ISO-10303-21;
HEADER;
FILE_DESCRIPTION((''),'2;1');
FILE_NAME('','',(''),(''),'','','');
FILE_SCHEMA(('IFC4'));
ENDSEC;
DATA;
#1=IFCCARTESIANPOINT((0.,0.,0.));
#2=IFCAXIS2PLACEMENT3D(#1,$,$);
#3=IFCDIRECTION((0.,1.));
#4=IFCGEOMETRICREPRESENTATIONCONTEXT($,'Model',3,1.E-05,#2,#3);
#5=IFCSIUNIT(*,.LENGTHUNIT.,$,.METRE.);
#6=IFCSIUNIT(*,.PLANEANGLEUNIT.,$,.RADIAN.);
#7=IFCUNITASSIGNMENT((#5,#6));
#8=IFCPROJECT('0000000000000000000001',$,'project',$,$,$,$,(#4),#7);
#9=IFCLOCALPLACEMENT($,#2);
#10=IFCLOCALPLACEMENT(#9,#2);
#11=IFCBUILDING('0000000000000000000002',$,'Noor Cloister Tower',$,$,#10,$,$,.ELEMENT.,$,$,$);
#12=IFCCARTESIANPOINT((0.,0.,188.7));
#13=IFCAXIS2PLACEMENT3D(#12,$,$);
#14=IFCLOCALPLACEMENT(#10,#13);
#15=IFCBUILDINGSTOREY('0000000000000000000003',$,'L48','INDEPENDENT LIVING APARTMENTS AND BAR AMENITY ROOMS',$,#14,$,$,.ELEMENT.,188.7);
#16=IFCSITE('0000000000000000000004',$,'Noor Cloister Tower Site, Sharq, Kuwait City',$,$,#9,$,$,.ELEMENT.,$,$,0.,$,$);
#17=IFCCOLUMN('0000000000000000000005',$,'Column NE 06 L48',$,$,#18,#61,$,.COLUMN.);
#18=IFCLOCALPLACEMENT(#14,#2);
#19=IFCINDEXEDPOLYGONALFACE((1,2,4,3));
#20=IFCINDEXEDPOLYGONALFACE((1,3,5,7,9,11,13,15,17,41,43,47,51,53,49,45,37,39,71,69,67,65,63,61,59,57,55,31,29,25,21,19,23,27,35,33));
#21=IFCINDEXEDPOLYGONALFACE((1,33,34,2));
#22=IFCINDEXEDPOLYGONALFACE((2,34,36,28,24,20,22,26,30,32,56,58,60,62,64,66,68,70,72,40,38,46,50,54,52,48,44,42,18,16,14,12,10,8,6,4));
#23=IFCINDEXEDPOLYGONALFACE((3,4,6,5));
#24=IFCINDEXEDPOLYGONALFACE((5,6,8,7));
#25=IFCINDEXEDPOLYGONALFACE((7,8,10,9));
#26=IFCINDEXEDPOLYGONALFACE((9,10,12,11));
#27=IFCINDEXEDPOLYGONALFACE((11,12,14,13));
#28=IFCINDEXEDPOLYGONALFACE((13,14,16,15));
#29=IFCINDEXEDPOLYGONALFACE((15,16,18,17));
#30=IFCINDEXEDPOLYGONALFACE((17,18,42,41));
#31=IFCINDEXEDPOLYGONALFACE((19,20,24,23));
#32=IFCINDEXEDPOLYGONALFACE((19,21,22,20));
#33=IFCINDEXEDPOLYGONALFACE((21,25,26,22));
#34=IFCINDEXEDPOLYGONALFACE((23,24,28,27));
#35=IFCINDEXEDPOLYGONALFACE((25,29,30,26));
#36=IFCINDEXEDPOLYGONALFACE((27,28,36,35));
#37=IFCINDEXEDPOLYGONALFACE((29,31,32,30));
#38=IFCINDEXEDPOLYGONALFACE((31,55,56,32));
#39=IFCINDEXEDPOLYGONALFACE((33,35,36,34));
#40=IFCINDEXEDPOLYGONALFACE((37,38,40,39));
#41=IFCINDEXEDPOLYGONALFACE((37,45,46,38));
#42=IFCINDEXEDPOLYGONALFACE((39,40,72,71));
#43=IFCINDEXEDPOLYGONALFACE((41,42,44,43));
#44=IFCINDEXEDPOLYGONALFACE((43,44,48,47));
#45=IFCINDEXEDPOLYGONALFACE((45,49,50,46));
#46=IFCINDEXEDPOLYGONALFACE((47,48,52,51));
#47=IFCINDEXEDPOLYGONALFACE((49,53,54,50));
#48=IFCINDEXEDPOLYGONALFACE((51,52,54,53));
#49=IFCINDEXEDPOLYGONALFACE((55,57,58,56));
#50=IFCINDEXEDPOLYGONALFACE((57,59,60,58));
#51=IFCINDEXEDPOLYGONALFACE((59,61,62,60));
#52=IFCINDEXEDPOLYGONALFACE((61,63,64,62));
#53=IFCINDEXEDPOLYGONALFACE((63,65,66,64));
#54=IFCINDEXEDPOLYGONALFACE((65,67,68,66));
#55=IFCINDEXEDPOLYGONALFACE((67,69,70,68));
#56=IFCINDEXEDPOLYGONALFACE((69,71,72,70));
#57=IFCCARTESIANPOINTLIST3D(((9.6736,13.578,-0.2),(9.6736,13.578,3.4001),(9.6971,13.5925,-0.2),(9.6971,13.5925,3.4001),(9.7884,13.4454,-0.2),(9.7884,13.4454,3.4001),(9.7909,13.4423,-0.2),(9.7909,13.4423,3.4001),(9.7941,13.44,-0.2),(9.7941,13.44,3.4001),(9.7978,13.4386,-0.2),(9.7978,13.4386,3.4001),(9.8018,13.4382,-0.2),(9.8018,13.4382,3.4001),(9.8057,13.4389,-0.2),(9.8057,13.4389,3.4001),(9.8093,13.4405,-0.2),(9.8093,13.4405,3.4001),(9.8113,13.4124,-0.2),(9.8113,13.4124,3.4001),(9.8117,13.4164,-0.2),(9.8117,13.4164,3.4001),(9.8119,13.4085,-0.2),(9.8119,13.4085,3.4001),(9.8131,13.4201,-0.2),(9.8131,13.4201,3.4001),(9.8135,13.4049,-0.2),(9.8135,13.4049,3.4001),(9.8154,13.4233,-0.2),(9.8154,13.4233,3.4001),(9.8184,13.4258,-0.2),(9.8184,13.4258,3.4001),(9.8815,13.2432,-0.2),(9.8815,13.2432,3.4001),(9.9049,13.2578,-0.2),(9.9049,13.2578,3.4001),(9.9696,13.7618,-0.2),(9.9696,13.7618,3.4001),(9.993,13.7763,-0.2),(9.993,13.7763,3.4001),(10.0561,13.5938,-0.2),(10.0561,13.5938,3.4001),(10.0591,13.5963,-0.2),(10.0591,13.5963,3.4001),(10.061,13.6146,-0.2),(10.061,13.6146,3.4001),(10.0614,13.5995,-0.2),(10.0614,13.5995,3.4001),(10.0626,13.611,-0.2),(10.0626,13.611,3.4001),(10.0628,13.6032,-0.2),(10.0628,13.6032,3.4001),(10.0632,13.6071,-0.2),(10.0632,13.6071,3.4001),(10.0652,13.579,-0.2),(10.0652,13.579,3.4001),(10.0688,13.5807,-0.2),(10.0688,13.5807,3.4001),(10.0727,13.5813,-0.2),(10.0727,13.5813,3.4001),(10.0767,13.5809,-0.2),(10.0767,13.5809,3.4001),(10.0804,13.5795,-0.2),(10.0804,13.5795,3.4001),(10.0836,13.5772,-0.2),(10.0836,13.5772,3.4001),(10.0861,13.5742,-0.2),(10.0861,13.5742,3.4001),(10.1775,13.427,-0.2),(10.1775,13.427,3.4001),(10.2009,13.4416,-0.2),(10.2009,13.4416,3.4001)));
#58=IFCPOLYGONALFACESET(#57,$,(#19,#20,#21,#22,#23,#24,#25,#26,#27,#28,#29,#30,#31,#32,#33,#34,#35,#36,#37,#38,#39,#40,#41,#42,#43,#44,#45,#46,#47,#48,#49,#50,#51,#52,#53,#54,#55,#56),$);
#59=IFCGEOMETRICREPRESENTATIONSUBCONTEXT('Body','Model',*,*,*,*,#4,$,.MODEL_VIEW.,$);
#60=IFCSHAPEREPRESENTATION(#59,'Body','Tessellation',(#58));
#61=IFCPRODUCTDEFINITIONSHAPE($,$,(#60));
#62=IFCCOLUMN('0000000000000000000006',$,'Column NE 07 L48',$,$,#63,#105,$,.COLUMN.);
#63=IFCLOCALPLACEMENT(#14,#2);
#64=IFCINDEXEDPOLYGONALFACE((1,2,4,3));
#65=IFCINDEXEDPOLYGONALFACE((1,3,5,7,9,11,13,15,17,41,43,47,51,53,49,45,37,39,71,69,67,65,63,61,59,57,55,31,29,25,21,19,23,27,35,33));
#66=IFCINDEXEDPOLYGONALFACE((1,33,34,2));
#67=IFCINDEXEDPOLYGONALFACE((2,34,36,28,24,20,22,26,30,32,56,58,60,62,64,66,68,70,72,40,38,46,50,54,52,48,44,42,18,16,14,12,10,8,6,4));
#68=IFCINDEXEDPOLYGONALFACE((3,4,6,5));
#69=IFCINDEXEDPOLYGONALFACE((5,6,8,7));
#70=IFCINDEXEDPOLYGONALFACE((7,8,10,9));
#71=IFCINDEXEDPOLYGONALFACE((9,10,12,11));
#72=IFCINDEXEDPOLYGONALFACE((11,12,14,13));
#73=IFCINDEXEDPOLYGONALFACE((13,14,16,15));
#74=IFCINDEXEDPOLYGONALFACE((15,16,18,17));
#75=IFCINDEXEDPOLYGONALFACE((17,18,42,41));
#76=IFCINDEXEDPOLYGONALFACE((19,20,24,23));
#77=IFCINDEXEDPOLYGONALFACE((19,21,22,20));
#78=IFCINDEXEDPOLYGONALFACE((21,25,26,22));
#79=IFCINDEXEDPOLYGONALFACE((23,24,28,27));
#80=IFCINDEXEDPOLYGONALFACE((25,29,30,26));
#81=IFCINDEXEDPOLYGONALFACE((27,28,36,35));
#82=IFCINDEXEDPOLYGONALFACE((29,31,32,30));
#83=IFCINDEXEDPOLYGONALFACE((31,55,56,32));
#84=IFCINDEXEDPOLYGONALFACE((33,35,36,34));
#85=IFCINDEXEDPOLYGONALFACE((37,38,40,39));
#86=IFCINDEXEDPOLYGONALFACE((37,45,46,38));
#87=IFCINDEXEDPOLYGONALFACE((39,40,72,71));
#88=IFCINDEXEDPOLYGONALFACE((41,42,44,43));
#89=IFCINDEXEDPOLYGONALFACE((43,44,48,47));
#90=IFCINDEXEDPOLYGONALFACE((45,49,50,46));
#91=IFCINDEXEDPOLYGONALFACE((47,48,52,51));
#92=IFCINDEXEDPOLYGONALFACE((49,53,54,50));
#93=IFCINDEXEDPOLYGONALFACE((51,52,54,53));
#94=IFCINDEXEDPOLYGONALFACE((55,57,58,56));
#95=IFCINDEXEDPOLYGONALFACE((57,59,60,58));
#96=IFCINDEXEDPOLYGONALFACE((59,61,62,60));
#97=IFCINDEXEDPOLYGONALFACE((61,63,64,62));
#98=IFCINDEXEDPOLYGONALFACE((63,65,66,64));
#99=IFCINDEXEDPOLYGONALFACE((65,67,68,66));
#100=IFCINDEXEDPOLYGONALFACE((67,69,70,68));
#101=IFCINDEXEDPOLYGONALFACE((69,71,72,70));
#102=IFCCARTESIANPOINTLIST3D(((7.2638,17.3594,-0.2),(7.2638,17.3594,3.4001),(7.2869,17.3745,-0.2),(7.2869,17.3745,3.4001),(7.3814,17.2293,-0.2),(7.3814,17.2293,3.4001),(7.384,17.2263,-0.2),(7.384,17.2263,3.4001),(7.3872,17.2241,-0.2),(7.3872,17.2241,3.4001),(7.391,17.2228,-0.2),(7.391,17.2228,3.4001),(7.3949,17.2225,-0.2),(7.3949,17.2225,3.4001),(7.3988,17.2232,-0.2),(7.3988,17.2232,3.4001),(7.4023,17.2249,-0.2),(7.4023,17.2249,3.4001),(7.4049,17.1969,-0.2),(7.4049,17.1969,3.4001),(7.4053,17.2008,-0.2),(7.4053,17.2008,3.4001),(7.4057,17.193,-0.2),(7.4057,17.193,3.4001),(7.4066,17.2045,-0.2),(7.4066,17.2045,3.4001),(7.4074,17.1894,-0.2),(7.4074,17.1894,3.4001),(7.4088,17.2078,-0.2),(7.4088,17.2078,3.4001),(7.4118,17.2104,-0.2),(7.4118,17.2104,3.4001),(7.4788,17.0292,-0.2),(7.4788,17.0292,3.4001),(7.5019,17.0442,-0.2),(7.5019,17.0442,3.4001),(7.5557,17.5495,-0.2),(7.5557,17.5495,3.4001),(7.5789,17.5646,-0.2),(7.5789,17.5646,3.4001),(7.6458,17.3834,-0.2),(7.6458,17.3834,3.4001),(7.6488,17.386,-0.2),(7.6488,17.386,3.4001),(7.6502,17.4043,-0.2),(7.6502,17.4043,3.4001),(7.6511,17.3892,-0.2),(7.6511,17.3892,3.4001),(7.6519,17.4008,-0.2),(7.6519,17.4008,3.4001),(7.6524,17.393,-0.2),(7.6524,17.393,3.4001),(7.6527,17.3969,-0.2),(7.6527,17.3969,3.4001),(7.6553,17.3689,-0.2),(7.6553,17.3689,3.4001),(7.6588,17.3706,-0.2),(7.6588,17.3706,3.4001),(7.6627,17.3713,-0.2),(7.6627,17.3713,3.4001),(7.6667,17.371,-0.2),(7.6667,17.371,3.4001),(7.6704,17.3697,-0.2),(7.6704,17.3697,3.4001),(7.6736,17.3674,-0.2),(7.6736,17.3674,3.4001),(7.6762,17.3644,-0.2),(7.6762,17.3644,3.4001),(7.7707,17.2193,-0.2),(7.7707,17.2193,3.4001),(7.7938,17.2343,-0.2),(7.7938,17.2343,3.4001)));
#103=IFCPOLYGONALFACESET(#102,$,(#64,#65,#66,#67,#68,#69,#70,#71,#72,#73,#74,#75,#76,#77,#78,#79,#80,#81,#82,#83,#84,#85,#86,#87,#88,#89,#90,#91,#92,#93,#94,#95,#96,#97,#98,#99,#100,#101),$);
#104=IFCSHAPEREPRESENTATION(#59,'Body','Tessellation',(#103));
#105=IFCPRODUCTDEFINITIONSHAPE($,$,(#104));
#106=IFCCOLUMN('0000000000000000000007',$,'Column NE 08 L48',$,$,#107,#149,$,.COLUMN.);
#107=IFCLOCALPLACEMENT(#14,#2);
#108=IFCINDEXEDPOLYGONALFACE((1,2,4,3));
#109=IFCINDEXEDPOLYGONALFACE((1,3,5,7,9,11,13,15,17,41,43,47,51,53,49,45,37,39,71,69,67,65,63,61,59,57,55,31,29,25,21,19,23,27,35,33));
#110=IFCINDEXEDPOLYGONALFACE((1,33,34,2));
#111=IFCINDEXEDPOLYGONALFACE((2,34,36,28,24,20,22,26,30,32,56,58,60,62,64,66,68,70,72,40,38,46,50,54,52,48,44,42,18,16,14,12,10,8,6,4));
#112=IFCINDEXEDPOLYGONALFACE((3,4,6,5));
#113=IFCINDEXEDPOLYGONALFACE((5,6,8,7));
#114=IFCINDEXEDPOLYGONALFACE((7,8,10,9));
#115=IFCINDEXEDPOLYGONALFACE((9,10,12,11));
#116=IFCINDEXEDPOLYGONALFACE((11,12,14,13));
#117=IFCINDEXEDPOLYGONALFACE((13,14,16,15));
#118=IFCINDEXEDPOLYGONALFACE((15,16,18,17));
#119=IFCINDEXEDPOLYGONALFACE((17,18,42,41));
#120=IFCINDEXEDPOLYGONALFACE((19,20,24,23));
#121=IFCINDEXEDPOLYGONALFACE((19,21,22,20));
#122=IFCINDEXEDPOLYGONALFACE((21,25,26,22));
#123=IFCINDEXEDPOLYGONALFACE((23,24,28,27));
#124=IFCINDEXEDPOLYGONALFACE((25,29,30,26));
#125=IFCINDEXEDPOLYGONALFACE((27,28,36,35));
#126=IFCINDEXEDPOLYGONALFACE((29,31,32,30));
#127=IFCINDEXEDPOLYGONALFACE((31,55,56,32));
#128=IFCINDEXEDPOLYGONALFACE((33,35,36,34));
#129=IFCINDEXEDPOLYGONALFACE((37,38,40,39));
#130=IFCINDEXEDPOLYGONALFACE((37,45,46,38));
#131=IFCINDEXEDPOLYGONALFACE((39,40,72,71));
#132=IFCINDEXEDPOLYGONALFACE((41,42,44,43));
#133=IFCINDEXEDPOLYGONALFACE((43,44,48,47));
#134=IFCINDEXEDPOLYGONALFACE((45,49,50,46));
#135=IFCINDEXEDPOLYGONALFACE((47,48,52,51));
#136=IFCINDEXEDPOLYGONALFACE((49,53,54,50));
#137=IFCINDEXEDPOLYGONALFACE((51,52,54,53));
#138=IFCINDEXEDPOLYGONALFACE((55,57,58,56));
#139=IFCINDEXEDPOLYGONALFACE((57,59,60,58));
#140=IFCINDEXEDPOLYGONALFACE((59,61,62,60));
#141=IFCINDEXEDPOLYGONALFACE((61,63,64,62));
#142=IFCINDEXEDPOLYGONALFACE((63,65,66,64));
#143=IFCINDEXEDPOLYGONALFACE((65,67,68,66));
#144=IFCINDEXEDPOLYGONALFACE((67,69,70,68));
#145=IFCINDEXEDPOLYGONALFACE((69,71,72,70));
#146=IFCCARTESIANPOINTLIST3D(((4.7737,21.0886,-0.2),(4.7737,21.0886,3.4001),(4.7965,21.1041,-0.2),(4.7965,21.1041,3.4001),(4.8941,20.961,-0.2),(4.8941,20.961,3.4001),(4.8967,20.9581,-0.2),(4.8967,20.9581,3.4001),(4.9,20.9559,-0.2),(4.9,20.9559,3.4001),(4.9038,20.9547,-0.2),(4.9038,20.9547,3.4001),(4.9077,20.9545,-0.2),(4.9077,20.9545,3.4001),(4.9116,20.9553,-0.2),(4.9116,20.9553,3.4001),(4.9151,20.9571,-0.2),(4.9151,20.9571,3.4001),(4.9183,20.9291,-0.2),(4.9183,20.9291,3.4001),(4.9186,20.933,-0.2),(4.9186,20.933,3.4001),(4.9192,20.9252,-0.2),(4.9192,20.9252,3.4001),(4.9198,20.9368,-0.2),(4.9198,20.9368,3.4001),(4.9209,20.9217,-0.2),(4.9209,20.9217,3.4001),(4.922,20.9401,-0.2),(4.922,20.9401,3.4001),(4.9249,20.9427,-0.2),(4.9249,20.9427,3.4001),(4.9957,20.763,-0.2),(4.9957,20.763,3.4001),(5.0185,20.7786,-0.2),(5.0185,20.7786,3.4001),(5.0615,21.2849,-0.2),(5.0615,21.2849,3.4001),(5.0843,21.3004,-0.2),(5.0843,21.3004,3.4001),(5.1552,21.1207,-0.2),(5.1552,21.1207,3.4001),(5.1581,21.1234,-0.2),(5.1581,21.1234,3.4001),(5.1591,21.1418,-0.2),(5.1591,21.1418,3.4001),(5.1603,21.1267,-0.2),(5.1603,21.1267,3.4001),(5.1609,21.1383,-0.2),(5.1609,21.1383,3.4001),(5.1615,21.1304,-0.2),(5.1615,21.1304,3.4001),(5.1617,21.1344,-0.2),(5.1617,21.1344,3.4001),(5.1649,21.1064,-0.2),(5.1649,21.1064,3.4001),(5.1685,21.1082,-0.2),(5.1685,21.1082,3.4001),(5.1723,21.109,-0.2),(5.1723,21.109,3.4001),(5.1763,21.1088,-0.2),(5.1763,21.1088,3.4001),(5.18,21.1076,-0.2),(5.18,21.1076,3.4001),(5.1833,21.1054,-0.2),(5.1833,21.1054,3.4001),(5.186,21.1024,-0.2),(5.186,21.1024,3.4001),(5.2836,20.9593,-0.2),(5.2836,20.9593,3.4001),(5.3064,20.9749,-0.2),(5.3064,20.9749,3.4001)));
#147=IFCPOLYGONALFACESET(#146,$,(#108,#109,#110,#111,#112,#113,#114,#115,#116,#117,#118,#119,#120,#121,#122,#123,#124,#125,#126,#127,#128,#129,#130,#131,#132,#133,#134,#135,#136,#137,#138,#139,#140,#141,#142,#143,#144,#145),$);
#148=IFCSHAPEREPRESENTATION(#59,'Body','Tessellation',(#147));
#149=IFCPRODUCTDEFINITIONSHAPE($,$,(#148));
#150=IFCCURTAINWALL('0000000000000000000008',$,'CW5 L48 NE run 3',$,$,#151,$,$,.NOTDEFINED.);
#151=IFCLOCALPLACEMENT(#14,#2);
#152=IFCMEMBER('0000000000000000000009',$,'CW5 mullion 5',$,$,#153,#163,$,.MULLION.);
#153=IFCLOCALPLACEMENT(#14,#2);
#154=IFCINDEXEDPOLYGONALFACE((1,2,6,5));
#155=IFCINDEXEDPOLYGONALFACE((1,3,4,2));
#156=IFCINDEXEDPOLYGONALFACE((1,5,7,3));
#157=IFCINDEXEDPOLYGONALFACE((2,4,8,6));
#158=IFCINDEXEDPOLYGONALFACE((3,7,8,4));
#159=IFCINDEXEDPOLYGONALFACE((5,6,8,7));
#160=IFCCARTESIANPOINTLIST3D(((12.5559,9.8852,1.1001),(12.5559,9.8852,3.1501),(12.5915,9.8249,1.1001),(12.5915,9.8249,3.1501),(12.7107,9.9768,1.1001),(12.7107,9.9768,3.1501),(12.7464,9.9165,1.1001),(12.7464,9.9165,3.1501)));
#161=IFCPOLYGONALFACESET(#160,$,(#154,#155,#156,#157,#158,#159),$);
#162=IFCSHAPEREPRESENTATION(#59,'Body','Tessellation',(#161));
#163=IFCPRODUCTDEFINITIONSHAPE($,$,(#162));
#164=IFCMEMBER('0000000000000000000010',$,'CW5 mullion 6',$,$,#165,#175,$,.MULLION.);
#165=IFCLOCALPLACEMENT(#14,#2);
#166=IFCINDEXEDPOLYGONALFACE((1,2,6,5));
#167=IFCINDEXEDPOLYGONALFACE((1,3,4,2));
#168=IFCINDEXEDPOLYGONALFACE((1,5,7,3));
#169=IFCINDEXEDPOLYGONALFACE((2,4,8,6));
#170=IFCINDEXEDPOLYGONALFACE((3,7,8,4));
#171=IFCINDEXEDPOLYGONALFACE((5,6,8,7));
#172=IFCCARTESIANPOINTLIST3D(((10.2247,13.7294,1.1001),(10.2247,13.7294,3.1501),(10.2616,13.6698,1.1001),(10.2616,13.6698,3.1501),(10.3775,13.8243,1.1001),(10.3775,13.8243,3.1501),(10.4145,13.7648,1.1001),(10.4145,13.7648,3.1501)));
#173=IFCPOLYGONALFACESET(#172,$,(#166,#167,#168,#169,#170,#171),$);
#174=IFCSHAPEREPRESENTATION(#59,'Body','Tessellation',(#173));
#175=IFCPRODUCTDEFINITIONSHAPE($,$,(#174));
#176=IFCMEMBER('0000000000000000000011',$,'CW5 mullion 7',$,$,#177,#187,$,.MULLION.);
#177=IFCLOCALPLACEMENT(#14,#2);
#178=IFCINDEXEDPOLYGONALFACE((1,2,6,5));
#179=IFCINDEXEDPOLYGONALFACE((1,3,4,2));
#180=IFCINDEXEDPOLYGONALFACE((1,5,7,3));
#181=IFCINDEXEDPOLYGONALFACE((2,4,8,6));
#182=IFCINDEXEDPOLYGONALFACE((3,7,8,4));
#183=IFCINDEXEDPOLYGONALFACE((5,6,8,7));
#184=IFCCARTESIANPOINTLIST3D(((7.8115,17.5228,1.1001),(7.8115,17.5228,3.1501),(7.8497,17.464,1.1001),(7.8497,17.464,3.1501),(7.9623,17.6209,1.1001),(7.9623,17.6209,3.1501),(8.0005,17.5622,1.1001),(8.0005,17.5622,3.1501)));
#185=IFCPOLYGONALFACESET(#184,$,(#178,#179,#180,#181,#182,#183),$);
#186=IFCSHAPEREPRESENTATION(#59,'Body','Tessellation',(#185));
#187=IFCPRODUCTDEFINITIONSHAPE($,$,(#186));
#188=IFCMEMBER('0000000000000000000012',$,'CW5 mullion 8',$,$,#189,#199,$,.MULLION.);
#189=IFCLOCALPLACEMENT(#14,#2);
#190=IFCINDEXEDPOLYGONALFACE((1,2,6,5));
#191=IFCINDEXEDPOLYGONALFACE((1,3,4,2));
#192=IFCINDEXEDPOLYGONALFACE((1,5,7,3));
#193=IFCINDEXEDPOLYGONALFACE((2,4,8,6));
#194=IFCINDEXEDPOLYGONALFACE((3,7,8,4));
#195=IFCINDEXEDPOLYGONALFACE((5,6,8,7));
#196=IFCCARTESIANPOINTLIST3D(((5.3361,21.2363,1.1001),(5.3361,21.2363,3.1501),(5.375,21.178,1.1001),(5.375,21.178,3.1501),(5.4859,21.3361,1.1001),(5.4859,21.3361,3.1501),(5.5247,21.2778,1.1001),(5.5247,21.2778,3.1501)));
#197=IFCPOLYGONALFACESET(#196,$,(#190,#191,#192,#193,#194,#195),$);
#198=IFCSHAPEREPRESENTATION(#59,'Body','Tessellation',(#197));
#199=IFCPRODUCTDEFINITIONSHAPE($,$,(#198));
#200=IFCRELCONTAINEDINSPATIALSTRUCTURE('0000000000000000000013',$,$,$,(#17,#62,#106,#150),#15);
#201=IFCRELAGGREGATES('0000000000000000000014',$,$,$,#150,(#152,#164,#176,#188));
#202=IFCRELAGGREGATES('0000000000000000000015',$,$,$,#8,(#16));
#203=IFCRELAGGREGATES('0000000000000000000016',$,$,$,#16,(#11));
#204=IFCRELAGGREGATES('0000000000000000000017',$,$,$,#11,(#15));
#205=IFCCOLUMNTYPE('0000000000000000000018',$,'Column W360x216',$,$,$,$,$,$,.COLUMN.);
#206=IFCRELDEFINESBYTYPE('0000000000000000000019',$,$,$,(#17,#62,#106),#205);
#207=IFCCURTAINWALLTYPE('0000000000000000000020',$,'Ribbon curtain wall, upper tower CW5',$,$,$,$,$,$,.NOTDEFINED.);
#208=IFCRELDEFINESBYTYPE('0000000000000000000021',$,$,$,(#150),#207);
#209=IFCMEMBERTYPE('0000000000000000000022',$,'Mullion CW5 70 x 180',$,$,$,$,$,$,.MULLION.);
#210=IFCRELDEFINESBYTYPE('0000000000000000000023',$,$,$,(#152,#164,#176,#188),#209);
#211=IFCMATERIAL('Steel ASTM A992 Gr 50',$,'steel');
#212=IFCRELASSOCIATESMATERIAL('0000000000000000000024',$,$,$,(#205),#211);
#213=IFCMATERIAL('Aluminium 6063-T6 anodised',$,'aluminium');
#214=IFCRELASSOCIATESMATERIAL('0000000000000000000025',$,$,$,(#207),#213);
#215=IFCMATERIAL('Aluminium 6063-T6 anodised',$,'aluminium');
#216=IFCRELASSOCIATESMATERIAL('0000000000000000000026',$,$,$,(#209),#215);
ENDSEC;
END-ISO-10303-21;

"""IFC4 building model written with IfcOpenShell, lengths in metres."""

from ifc_helpers import new_model, si_unit, direction, frame, origin, origin_2d, place, context, subcontext, project, spatial, rectangle, i_section, extrude, material, material_profile, profile_set, type_object, element, aggregate, save


model = new_model("IFC4")

# Units and contexts
model_context = context("Model", 3, precision=1e-05, world=origin(), true_north=direction((0.0, 1.0)))
body_context = subcontext(model_context, "Body", "Model", "MODEL_VIEW")
ifc_project = project(units=[si_unit("LENGTHUNIT", "METRE"), si_unit("PLANEANGLEUNIT", "RADIAN")], contexts=[model_context])

# Site, building, storey
site_placement = place(None, origin())
site = spatial("IfcSite", under=ifc_project, at=site_placement, Name="Noor Cloister Tower Site, Sharq, Kuwait City", CompositionType="ELEMENT", RefElevation=0.0)
building_placement = place(site_placement, origin())
building = spatial("IfcBuilding", under=site, at=building_placement, Name="Noor Cloister Tower", CompositionType="ELEMENT")
storey_placement = place(building_placement, frame((0.0, 0.0, 188.7)))
storey = spatial("IfcBuildingStorey", under=building, at=storey_placement, Name="L48", Description="INDEPENDENT LIVING APARTMENTS AND BAR AMENITY ROOMS", CompositionType="ELEMENT", Elevation=188.7)

# Columns
ifc_material_1 = material(Name="Steel ASTM A992 Gr 50", Category="steel")
ifc_material_profile_1 = material_profile(ifc_material_1, i_section(OverallWidth=0.394, OverallDepth=0.376, WebThickness=0.0173, FlangeThickness=0.0276, FilletRadius=0.0151, at=origin_2d()), Name="W360x216")
ifc_profile_set_1 = profile_set([ifc_material_profile_1], Name="Steel ASTM A992 Gr 50")
column_type = type_object("IfcColumnType", Name="Column W360x216", PredefinedType="COLUMN", material=ifc_profile_set_1)
for number, where, z_axis, x_axis, name in (
    (1, (9.9373, 13.5098, -0.2), (0.0, 0.0, 1.0), (-0.527547, 0.849526, 0.0), "Column NE 06 L48"),
    (2, (7.5288, 17.2969, -0.2), (0.0, 0.0, 1.0), (-0.545612, 0.838038, 0.0), "Column NE 07 L48"),
    (3, (5.04, 21.0317, -0.2), (0.0, 0.0, 1.0), (-0.563426, 0.826166, 0.0), "Column NE 08 L48"),
):
    element("IfcColumn", number, at=place(storey_placement, frame(where, z_axis=z_axis, x_axis=x_axis)), inside=storey, type_object=column_type, Name=name, PredefinedType="COLUMN", context=body_context, shape_type="SweptSolid", body=[
        extrude(i_section(OverallWidth=0.394, OverallDepth=0.376, WebThickness=0.0173, FlangeThickness=0.0276, FilletRadius=0.0151, at=origin_2d()), origin(), (0.0, 0.0, 1.0), 3.6001),
    ])

# Curtain wall, members
ifc_material_2 = material(Name="Aluminium 6063-T6 anodised", Category="aluminium")
curtain_wall_type = type_object("IfcCurtainWallType", Name="Ribbon curtain wall, upper tower CW5", PredefinedType="NOTDEFINED", material=ifc_material_2)
curtain_wall_placement = place(storey_placement, origin())
curtain_wall = element("IfcCurtainWall", 4, at=curtain_wall_placement, inside=storey, type_object=curtain_wall_type, Name="CW5 L48 NE run 3", PredefinedType="NOTDEFINED")
ifc_material_3 = material(Name="Aluminium 6063-T6 anodised", Category="aluminium")
ifc_material_profile_2 = material_profile(ifc_material_3, rectangle(XDim=0.1799, YDim=0.0701, at=origin_2d()), Name="180 x 70 mullion")
ifc_profile_set_2 = profile_set([ifc_material_profile_2], Name="Aluminium 6063-T6 anodised")
member_type = type_object("IfcMemberType", Name="Mullion CW5 70 x 180", PredefinedType="MULLION", material=ifc_profile_set_2)
member_1_placement = place(storey_placement, frame((12.6511, 9.9009, 1.1001), z_axis=(0.0, 0.0, 1.0), x_axis=(-0.860624, -0.509241, 0.0)))
member_1 = element("IfcMember", 5, at=member_1_placement, type_object=member_type, Name="CW5 mullion 5", PredefinedType="MULLION", context=body_context, shape_type="SweptSolid", body=[
    extrude(rectangle(XDim=0.1799, YDim=0.0701, at=origin_2d()), origin(), (0.0, 0.0, 1.0), 2.05),
])
member_2_placement = place(storey_placement, frame((10.3196, 13.7471, 1.1001), z_axis=(0.0, 0.0, 1.0), x_axis=(-0.849526, -0.527547, 0.0)))
member_2 = element("IfcMember", 6, at=member_2_placement, type_object=member_type, Name="CW5 mullion 6", PredefinedType="MULLION", context=body_context, shape_type="SweptSolid", body=[
    extrude(rectangle(XDim=0.1799, YDim=0.0701, at=origin_2d()), origin(), (0.0, 0.0, 1.0), 2.05),
])
member_3_placement = place(storey_placement, frame((7.906, 17.5425, 1.1001), z_axis=(0.0, 0.0, 1.0), x_axis=(-0.838038, -0.545612, 0.0)))
member_3 = element("IfcMember", 7, at=member_3_placement, type_object=member_type, Name="CW5 mullion 7", PredefinedType="MULLION", context=body_context, shape_type="SweptSolid", body=[
    extrude(rectangle(XDim=0.1799, YDim=0.0701, at=origin_2d()), origin(), (0.0, 0.0, 1.0), 2.05),
])
member_4_placement = place(storey_placement, frame((5.4304, 21.2571, 1.1001), z_axis=(0.0, 0.0, 1.0), x_axis=(-0.83215, -0.554551, 0.0)))
member_4 = element("IfcMember", 8, at=member_4_placement, type_object=member_type, Name="CW5 mullion 8", PredefinedType="MULLION", context=body_context, shape_type="SweptSolid", body=[
    extrude(rectangle(XDim=0.1799, YDim=0.0701, at=origin_2d()), origin(), (0.0, 0.0, 1.0), 2.05),
])

aggregate(curtain_wall, [member_1, member_2, member_3, member_4])

save(model, "model.ifc")
